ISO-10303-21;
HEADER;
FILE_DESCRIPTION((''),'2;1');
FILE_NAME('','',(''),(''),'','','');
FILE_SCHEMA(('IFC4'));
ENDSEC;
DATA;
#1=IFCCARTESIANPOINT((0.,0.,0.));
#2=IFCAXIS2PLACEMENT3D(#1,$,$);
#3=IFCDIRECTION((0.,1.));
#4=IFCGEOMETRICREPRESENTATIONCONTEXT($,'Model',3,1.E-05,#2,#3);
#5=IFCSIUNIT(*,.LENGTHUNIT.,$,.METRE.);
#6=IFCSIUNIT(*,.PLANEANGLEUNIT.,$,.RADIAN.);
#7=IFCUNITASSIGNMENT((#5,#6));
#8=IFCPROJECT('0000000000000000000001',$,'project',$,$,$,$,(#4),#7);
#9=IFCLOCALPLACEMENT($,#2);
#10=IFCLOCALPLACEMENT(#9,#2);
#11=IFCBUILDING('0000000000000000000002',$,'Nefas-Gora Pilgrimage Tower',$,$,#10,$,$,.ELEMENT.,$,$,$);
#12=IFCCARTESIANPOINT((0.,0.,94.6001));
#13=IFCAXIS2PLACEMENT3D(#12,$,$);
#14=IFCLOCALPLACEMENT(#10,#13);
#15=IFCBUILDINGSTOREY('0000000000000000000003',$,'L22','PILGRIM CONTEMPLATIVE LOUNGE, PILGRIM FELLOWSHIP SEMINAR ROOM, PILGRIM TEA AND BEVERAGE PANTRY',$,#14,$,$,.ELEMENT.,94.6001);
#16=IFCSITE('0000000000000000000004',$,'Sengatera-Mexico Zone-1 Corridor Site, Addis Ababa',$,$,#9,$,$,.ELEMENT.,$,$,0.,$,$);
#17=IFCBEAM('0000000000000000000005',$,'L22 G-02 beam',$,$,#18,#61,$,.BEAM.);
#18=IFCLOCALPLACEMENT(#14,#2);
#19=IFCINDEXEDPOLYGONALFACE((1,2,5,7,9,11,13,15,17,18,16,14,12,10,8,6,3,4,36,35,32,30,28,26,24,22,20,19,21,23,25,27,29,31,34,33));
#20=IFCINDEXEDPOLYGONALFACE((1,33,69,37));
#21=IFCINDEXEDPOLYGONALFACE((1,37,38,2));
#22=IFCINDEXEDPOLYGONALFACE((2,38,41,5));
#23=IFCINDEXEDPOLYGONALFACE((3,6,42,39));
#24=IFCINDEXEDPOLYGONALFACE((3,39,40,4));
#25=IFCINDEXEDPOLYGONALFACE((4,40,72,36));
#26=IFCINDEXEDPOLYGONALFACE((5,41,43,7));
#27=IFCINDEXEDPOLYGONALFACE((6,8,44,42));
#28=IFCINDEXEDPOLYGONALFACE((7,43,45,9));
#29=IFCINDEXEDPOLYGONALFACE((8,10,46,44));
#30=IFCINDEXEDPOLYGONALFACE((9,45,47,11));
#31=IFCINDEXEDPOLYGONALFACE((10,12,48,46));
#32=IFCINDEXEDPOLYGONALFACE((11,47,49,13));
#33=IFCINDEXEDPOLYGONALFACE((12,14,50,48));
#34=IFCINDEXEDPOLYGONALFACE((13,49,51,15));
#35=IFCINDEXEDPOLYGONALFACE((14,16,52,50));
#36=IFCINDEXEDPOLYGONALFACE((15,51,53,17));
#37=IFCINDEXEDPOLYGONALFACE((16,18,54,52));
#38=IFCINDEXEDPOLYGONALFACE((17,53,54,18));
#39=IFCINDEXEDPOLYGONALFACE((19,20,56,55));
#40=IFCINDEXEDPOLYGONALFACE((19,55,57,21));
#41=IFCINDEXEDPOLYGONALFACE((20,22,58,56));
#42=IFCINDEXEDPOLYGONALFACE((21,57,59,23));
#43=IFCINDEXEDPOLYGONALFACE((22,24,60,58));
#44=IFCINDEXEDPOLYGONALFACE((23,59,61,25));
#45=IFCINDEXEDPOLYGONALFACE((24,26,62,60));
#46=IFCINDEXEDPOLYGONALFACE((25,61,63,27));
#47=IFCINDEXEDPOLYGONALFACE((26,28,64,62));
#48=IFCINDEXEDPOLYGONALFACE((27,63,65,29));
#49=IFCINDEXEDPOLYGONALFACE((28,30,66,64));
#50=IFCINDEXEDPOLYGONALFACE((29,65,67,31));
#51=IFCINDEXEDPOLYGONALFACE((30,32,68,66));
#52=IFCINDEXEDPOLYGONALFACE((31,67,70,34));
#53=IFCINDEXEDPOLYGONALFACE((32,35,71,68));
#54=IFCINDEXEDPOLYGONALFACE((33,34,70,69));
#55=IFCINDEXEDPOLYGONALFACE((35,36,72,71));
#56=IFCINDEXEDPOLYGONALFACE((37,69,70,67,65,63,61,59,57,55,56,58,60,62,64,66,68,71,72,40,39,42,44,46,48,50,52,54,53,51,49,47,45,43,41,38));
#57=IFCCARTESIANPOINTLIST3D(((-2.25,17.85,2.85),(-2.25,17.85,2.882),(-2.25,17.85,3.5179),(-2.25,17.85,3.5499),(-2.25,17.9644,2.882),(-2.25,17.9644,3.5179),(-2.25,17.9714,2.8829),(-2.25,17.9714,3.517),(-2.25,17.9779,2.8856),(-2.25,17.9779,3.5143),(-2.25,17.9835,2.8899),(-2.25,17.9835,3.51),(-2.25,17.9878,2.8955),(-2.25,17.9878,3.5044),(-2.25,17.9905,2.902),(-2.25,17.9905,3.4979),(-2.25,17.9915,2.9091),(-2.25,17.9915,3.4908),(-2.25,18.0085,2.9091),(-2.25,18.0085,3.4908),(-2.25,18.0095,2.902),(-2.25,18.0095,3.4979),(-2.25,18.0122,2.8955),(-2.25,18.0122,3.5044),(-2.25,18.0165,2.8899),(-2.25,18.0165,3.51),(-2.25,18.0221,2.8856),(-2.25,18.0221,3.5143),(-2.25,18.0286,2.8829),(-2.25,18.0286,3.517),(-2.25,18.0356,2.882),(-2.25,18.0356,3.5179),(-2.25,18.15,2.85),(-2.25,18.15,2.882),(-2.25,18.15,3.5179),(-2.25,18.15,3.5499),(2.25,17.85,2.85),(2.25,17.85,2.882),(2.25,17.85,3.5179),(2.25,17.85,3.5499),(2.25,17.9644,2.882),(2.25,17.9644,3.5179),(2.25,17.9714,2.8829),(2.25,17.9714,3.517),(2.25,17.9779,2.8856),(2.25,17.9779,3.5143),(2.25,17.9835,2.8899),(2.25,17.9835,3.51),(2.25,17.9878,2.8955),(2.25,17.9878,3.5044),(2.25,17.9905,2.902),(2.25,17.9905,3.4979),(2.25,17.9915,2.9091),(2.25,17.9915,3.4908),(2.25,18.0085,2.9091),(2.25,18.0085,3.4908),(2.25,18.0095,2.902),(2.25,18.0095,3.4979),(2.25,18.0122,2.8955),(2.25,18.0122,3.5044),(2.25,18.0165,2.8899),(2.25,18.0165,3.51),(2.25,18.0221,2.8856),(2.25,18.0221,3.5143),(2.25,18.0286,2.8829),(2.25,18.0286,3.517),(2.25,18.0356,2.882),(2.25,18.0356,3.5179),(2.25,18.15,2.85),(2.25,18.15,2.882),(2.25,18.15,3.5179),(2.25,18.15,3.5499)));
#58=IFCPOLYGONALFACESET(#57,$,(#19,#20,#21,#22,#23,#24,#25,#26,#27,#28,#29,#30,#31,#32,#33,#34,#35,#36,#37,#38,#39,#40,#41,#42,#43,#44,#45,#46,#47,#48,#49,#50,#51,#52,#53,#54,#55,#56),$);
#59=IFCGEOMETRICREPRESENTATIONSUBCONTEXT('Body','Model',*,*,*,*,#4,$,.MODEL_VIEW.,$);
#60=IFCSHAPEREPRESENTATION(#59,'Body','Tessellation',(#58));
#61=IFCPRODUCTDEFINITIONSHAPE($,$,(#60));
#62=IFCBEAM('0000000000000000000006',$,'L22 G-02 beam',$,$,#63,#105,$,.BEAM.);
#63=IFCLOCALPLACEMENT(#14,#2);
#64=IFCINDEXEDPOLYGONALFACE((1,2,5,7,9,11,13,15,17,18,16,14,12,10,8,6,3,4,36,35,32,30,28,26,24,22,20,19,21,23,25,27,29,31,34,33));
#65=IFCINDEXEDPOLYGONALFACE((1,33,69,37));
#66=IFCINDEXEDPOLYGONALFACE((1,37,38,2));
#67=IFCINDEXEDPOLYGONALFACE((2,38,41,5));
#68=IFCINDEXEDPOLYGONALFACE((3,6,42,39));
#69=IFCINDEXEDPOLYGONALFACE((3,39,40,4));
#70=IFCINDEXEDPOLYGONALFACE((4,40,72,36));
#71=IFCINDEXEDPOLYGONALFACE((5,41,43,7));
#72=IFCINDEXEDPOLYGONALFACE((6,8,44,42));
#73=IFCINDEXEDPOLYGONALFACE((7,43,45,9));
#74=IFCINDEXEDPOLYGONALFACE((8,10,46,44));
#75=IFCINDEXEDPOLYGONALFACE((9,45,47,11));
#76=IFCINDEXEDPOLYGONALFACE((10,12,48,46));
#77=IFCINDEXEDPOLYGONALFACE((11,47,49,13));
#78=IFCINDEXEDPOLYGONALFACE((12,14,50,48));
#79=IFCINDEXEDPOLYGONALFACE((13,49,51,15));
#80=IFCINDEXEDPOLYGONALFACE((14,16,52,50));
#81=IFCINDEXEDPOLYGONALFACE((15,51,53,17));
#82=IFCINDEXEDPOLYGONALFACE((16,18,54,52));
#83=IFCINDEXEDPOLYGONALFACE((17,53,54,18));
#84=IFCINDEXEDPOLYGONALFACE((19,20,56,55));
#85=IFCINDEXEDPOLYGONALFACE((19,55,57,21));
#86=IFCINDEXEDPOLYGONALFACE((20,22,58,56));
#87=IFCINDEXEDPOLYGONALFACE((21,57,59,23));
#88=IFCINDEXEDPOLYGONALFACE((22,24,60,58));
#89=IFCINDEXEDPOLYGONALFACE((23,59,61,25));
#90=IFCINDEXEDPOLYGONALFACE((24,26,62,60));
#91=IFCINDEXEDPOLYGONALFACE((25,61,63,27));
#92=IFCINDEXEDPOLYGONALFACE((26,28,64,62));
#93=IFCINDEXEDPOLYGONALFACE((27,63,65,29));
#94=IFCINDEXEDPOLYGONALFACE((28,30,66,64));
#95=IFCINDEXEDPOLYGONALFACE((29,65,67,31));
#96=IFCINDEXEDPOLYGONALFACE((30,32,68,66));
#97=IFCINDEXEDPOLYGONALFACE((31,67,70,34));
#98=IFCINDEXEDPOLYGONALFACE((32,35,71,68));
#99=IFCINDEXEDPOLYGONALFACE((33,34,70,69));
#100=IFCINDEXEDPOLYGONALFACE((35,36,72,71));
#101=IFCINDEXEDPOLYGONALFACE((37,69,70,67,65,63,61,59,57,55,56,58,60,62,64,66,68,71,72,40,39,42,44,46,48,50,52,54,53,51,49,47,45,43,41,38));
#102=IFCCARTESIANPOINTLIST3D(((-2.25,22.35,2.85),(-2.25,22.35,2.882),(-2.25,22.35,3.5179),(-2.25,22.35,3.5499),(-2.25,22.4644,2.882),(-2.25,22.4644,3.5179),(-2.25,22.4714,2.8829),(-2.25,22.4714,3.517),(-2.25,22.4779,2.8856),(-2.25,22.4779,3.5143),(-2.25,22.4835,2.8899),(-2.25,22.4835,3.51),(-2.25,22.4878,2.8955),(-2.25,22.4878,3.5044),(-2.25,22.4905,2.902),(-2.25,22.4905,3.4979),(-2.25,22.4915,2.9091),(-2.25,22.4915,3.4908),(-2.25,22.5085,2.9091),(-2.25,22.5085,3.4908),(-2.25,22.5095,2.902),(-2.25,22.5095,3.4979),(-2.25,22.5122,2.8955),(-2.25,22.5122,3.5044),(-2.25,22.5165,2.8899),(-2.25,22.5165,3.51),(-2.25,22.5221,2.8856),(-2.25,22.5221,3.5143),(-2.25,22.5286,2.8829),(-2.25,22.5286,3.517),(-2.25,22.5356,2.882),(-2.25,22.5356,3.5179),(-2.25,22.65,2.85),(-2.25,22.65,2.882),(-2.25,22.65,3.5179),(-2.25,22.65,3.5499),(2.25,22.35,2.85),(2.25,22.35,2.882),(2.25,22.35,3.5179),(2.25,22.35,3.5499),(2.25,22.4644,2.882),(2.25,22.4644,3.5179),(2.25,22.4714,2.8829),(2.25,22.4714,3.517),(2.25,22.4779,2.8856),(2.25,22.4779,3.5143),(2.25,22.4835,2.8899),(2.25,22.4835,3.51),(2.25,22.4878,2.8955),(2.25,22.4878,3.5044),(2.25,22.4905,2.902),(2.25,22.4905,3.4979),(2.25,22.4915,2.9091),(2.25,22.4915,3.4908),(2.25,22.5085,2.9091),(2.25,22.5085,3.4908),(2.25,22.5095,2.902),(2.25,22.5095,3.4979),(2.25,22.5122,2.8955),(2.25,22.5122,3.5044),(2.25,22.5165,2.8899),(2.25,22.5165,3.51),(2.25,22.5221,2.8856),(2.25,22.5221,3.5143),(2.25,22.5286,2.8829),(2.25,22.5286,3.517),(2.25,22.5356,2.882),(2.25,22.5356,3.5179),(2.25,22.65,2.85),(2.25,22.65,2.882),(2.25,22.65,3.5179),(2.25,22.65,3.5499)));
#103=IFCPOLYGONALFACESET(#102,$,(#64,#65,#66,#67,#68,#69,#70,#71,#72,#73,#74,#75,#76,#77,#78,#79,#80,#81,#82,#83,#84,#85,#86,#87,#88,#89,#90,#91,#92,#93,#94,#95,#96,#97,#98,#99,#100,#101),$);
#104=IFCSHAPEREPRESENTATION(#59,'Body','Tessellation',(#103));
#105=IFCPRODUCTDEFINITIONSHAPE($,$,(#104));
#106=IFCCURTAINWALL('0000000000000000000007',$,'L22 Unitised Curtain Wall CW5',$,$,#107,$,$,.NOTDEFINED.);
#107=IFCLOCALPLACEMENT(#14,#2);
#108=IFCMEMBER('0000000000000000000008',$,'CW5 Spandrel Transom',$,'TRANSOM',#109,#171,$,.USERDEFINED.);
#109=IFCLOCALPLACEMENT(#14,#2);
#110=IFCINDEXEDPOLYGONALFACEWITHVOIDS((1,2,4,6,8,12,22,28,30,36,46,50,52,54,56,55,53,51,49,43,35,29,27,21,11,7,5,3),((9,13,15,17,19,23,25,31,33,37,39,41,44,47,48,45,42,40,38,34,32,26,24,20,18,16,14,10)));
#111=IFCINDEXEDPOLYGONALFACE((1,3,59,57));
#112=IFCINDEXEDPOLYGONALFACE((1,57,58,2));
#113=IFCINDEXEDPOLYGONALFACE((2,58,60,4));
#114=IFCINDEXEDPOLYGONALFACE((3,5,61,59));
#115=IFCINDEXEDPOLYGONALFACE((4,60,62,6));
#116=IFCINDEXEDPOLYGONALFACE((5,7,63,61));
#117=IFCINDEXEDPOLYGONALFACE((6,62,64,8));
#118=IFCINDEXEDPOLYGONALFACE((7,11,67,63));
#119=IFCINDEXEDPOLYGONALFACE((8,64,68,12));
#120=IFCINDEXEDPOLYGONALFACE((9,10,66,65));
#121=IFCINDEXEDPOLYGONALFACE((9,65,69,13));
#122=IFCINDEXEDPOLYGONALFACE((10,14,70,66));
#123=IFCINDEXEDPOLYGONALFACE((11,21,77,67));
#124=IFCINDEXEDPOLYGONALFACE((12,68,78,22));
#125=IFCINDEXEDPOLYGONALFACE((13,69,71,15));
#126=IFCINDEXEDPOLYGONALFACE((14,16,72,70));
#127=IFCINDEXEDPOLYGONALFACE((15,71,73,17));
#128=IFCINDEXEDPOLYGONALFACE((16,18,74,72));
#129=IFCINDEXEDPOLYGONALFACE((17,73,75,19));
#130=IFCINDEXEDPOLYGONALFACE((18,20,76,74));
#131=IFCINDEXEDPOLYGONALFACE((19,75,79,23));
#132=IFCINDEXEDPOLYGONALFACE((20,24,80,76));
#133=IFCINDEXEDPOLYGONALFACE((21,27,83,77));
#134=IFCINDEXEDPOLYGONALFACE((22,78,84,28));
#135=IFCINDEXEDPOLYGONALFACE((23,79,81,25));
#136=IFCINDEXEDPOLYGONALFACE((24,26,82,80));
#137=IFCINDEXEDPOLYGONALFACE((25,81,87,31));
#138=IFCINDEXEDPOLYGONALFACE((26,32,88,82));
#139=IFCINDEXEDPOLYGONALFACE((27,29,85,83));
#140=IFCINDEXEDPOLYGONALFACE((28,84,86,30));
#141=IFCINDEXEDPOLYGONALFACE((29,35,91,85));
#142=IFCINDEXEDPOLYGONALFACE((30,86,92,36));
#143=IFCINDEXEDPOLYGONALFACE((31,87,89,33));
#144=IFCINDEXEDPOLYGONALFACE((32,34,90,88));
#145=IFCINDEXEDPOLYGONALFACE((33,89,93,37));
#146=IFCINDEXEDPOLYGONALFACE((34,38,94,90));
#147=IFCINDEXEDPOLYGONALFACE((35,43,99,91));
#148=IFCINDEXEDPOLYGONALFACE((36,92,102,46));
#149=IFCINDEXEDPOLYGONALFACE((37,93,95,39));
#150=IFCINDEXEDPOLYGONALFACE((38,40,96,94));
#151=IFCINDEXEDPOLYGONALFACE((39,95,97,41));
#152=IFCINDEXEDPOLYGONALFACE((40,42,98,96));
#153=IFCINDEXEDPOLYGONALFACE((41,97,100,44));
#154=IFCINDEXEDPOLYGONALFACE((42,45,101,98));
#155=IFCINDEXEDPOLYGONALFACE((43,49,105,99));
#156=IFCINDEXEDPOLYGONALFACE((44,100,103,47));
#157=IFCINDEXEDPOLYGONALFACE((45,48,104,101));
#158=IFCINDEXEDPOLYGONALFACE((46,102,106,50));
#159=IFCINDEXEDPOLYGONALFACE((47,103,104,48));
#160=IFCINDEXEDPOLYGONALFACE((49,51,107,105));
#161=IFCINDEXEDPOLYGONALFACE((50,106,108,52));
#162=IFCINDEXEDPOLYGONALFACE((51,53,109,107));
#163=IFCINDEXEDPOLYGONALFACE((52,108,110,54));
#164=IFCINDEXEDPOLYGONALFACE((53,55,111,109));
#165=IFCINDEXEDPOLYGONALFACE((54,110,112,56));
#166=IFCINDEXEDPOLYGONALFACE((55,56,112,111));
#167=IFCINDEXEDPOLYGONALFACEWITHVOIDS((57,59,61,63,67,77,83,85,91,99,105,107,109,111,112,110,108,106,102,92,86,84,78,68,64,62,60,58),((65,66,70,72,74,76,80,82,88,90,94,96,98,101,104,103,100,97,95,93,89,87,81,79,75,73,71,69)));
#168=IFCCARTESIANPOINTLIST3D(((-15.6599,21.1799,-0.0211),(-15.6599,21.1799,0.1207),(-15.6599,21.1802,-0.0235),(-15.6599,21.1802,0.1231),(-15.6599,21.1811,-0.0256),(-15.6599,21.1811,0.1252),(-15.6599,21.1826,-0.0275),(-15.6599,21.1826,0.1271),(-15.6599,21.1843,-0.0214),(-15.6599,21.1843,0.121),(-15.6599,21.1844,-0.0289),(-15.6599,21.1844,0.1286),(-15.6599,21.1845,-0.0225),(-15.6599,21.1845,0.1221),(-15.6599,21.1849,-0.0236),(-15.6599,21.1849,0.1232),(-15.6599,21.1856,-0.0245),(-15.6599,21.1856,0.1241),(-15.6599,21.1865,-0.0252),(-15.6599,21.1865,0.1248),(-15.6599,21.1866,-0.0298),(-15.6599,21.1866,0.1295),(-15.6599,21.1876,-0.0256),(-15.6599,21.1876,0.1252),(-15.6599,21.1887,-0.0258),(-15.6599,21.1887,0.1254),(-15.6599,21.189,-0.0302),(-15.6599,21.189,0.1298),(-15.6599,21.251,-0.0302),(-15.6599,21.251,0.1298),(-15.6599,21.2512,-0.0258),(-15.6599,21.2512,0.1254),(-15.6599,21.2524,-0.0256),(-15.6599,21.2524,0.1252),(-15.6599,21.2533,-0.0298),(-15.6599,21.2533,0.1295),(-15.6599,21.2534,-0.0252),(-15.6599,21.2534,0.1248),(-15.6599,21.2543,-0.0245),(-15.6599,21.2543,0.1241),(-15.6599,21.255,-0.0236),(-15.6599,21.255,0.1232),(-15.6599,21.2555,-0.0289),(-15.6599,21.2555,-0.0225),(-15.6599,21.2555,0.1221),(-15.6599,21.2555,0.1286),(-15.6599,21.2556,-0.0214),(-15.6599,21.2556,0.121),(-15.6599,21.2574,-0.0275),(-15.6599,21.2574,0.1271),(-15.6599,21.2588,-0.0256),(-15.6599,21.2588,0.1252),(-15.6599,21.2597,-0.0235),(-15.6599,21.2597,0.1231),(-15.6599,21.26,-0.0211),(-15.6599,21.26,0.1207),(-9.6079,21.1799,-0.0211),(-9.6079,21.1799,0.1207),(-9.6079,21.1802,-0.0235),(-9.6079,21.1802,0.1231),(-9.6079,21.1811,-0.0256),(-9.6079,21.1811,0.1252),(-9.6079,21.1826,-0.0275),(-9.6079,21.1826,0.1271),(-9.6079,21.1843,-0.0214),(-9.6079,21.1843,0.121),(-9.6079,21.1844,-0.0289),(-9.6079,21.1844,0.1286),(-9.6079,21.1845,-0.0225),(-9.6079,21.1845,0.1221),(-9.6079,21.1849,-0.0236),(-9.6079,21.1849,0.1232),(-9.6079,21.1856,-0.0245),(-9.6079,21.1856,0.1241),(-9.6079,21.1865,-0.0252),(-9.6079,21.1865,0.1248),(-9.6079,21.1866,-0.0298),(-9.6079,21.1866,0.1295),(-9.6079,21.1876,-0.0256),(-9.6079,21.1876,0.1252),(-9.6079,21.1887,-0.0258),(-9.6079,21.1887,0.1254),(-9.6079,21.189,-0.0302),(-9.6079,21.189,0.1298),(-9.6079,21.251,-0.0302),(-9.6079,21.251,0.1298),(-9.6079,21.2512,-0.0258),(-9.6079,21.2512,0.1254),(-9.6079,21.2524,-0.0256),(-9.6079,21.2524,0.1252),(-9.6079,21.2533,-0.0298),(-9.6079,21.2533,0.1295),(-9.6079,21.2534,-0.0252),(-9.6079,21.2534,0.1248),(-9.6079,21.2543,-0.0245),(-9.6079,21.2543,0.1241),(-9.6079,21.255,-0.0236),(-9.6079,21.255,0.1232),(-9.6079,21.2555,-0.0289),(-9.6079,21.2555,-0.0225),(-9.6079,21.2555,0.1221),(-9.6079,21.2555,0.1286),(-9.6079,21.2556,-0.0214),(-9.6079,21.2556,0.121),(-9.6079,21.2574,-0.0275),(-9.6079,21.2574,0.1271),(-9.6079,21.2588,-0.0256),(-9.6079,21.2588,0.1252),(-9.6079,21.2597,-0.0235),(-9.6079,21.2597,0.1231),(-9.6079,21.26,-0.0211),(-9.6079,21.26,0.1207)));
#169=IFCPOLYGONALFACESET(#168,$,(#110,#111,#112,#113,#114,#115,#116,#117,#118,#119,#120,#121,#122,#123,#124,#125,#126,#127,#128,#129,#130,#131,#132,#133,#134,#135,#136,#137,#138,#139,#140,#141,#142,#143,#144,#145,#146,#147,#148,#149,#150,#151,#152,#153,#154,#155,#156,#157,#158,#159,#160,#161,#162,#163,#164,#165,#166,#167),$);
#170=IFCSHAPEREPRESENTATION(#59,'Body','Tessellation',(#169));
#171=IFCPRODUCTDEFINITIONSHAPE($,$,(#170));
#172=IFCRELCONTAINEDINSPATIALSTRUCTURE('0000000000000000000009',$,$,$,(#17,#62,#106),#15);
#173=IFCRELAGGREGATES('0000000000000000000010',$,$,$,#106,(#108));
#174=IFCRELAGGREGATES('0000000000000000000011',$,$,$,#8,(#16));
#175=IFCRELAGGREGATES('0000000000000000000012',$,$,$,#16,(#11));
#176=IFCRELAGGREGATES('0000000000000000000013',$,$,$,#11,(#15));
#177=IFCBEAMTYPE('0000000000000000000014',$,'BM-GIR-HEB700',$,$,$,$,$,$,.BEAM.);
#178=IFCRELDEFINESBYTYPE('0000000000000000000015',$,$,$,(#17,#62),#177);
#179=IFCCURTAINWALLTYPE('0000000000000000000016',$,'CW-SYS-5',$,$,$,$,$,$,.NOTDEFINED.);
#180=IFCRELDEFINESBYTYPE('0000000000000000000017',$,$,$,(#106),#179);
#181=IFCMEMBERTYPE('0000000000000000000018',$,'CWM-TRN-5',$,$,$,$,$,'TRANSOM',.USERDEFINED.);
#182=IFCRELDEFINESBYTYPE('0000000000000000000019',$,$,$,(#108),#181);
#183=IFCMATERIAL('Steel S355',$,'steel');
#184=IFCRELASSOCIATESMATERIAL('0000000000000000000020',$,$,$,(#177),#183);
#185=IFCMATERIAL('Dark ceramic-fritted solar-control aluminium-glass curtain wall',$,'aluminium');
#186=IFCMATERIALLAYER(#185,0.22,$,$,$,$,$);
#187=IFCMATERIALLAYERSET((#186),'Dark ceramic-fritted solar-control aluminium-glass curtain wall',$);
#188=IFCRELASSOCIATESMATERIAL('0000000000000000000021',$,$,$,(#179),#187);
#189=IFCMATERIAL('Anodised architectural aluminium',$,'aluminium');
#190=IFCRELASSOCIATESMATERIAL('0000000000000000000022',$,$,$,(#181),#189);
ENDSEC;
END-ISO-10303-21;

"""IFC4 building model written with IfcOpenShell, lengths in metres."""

from ifc_helpers import new_model, si_unit, direction, frame, origin, origin_2d, place, context, subcontext, project, spatial, hollow_rectangle, i_section, extrude, source, transform, mapped, material, layer, layer_set, material_profile, profile_set, type_object, element, aggregate, save


model = new_model("IFC4")

# Units and contexts
model_context = context("Model", 3, precision=1e-05, world=origin(), true_north=direction((0.0, 1.0)))
body_context = subcontext(model_context, "Body", "Model", "MODEL_VIEW")
ifc_project = project(units=[si_unit("LENGTHUNIT", "METRE"), si_unit("PLANEANGLEUNIT", "RADIAN")], contexts=[model_context])

# Site, building, storey
site_placement = place(None, origin())
site = spatial("IfcSite", under=ifc_project, at=site_placement, Name="Sengatera-Mexico Zone-1 Corridor Site, Addis Ababa", CompositionType="ELEMENT", RefElevation=0.0)
building_placement = place(site_placement, origin())
building = spatial("IfcBuilding", under=site, at=building_placement, Name="Nefas-Gora Pilgrimage Tower", CompositionType="ELEMENT")
storey_placement = place(building_placement, frame((0.0, 0.0, 94.6001)))
storey = spatial("IfcBuildingStorey", under=building, at=storey_placement, Name="L22", Description="PILGRIM CONTEMPLATIVE LOUNGE, PILGRIM FELLOWSHIP SEMINAR ROOM, PILGRIM TEA AND BEVERAGE PANTRY", CompositionType="ELEMENT", Elevation=94.6001)

# Beams
ifc_material_1 = material(Name="Steel S355", Category="steel")
ifc_material_profile_1 = material_profile(ifc_material_1, i_section(OverallWidth=0.3, OverallDepth=0.7, WebThickness=0.0171, FlangeThickness=0.032, FilletRadius=0.0271, at=origin_2d()), Name="HEB 700")
ifc_profile_set_1 = profile_set([ifc_material_profile_1], Name="Steel S355")
beam_type = type_object("IfcBeamType", Name="BM-GIR-HEB700", PredefinedType="BEAM", material=ifc_profile_set_1)
shared_shape_1 = source(origin(), body_context, "Body", "SweptSolid", [
    extrude(i_section(OverallWidth=0.3, OverallDepth=0.7, WebThickness=0.0171, FlangeThickness=0.032, FilletRadius=0.0271, at=origin_2d()), origin(), (0.0, 0.0, 1.0), 4.5),
])
for number, where, z_axis, x_axis, name in (
    (1, (-2.25, 18.0, 3.2), (1.0, 0.0, 0.0), (0.0, 1.0, 0.0), "L22 G-02 beam"),
    (2, (-2.25, 22.5, 3.2), (1.0, 0.0, 0.0), (0.0, 1.0, 0.0), "L22 G-02 beam"),
):
    element("IfcBeam", number, at=place(storey_placement, frame(where, z_axis=z_axis, x_axis=x_axis)), inside=storey, type_object=beam_type, Name=name, PredefinedType="BEAM", context=body_context, shape_type="MappedRepresentation", body=[
        mapped(shared_shape_1, transform((0.0, 0.0, 0.0), x_axis=(1.0, 0.0, 0.0), y_axis=(0.0, 1.0, 0.0), z_axis=(0.0, 0.0, 1.0), scale=1.0)),
    ])

# Curtain wall, member
ifc_material_2 = material(Name="Dark ceramic-fritted solar-control aluminium-glass curtain wall", Category="aluminium")
ifc_layer_1 = layer(ifc_material_2, 0.22)
ifc_layer_set_1 = layer_set([ifc_layer_1], Name="Dark ceramic-fritted solar-control aluminium-glass curtain wall")
curtain_wall_type = type_object("IfcCurtainWallType", Name="CW-SYS-5", PredefinedType="NOTDEFINED", material=ifc_layer_set_1)
curtain_wall_1_placement = place(storey_placement, origin())
curtain_wall_1 = element("IfcCurtainWall", 3, at=curtain_wall_1_placement, inside=storey, type_object=curtain_wall_type, Name="L22 Unitised Curtain Wall CW5", PredefinedType="NOTDEFINED")
ifc_material_3 = material(Name="Anodised architectural aluminium", Category="aluminium")
ifc_material_profile_2 = material_profile(ifc_material_3, hollow_rectangle(XDim=0.0801, YDim=0.1599, WallThickness=0.0044, InnerFilletRadius=0.0044, OuterFilletRadius=0.009, at=origin_2d()), Name="ALU TRANSOM 80x160")
ifc_profile_set_2 = profile_set([ifc_material_profile_2], Name="Anodised architectural aluminium")
member_type_1 = type_object("IfcMemberType", Name="CWM-TRN-5", ElementType="TRANSOM", PredefinedType="USERDEFINED", material=ifc_profile_set_2)
shared_shape_2 = source(origin(), body_context, "Body", "SweptSolid", [
    extrude(hollow_rectangle(XDim=0.0801, YDim=0.1599, WallThickness=0.0044, InnerFilletRadius=0.0044, OuterFilletRadius=0.009, at=origin_2d()), origin(), (0.0, 0.0, 1.0), 6.052),
])
member_1_placement = place(storey_placement, frame((-9.6079, 21.22, 0.0498), z_axis=(-1.0, 0.0, 0.0), x_axis=(0.0, -1.0, 0.0)))
member_1 = element("IfcMember", 4, at=member_1_placement, type_object=member_type_1, Name="CW5 Spandrel Transom", ObjectType="TRANSOM", PredefinedType="USERDEFINED", context=body_context, shape_type="MappedRepresentation", body=[
    mapped(shared_shape_2, transform((0.0, 0.0, 0.0), x_axis=(1.0, 0.0, 0.0), y_axis=(0.0, 1.0, 0.0), z_axis=(0.0, 0.0, 1.0), scale=1.0)),
])

aggregate(curtain_wall_1, [member_1])

save(model, "model.ifc")
